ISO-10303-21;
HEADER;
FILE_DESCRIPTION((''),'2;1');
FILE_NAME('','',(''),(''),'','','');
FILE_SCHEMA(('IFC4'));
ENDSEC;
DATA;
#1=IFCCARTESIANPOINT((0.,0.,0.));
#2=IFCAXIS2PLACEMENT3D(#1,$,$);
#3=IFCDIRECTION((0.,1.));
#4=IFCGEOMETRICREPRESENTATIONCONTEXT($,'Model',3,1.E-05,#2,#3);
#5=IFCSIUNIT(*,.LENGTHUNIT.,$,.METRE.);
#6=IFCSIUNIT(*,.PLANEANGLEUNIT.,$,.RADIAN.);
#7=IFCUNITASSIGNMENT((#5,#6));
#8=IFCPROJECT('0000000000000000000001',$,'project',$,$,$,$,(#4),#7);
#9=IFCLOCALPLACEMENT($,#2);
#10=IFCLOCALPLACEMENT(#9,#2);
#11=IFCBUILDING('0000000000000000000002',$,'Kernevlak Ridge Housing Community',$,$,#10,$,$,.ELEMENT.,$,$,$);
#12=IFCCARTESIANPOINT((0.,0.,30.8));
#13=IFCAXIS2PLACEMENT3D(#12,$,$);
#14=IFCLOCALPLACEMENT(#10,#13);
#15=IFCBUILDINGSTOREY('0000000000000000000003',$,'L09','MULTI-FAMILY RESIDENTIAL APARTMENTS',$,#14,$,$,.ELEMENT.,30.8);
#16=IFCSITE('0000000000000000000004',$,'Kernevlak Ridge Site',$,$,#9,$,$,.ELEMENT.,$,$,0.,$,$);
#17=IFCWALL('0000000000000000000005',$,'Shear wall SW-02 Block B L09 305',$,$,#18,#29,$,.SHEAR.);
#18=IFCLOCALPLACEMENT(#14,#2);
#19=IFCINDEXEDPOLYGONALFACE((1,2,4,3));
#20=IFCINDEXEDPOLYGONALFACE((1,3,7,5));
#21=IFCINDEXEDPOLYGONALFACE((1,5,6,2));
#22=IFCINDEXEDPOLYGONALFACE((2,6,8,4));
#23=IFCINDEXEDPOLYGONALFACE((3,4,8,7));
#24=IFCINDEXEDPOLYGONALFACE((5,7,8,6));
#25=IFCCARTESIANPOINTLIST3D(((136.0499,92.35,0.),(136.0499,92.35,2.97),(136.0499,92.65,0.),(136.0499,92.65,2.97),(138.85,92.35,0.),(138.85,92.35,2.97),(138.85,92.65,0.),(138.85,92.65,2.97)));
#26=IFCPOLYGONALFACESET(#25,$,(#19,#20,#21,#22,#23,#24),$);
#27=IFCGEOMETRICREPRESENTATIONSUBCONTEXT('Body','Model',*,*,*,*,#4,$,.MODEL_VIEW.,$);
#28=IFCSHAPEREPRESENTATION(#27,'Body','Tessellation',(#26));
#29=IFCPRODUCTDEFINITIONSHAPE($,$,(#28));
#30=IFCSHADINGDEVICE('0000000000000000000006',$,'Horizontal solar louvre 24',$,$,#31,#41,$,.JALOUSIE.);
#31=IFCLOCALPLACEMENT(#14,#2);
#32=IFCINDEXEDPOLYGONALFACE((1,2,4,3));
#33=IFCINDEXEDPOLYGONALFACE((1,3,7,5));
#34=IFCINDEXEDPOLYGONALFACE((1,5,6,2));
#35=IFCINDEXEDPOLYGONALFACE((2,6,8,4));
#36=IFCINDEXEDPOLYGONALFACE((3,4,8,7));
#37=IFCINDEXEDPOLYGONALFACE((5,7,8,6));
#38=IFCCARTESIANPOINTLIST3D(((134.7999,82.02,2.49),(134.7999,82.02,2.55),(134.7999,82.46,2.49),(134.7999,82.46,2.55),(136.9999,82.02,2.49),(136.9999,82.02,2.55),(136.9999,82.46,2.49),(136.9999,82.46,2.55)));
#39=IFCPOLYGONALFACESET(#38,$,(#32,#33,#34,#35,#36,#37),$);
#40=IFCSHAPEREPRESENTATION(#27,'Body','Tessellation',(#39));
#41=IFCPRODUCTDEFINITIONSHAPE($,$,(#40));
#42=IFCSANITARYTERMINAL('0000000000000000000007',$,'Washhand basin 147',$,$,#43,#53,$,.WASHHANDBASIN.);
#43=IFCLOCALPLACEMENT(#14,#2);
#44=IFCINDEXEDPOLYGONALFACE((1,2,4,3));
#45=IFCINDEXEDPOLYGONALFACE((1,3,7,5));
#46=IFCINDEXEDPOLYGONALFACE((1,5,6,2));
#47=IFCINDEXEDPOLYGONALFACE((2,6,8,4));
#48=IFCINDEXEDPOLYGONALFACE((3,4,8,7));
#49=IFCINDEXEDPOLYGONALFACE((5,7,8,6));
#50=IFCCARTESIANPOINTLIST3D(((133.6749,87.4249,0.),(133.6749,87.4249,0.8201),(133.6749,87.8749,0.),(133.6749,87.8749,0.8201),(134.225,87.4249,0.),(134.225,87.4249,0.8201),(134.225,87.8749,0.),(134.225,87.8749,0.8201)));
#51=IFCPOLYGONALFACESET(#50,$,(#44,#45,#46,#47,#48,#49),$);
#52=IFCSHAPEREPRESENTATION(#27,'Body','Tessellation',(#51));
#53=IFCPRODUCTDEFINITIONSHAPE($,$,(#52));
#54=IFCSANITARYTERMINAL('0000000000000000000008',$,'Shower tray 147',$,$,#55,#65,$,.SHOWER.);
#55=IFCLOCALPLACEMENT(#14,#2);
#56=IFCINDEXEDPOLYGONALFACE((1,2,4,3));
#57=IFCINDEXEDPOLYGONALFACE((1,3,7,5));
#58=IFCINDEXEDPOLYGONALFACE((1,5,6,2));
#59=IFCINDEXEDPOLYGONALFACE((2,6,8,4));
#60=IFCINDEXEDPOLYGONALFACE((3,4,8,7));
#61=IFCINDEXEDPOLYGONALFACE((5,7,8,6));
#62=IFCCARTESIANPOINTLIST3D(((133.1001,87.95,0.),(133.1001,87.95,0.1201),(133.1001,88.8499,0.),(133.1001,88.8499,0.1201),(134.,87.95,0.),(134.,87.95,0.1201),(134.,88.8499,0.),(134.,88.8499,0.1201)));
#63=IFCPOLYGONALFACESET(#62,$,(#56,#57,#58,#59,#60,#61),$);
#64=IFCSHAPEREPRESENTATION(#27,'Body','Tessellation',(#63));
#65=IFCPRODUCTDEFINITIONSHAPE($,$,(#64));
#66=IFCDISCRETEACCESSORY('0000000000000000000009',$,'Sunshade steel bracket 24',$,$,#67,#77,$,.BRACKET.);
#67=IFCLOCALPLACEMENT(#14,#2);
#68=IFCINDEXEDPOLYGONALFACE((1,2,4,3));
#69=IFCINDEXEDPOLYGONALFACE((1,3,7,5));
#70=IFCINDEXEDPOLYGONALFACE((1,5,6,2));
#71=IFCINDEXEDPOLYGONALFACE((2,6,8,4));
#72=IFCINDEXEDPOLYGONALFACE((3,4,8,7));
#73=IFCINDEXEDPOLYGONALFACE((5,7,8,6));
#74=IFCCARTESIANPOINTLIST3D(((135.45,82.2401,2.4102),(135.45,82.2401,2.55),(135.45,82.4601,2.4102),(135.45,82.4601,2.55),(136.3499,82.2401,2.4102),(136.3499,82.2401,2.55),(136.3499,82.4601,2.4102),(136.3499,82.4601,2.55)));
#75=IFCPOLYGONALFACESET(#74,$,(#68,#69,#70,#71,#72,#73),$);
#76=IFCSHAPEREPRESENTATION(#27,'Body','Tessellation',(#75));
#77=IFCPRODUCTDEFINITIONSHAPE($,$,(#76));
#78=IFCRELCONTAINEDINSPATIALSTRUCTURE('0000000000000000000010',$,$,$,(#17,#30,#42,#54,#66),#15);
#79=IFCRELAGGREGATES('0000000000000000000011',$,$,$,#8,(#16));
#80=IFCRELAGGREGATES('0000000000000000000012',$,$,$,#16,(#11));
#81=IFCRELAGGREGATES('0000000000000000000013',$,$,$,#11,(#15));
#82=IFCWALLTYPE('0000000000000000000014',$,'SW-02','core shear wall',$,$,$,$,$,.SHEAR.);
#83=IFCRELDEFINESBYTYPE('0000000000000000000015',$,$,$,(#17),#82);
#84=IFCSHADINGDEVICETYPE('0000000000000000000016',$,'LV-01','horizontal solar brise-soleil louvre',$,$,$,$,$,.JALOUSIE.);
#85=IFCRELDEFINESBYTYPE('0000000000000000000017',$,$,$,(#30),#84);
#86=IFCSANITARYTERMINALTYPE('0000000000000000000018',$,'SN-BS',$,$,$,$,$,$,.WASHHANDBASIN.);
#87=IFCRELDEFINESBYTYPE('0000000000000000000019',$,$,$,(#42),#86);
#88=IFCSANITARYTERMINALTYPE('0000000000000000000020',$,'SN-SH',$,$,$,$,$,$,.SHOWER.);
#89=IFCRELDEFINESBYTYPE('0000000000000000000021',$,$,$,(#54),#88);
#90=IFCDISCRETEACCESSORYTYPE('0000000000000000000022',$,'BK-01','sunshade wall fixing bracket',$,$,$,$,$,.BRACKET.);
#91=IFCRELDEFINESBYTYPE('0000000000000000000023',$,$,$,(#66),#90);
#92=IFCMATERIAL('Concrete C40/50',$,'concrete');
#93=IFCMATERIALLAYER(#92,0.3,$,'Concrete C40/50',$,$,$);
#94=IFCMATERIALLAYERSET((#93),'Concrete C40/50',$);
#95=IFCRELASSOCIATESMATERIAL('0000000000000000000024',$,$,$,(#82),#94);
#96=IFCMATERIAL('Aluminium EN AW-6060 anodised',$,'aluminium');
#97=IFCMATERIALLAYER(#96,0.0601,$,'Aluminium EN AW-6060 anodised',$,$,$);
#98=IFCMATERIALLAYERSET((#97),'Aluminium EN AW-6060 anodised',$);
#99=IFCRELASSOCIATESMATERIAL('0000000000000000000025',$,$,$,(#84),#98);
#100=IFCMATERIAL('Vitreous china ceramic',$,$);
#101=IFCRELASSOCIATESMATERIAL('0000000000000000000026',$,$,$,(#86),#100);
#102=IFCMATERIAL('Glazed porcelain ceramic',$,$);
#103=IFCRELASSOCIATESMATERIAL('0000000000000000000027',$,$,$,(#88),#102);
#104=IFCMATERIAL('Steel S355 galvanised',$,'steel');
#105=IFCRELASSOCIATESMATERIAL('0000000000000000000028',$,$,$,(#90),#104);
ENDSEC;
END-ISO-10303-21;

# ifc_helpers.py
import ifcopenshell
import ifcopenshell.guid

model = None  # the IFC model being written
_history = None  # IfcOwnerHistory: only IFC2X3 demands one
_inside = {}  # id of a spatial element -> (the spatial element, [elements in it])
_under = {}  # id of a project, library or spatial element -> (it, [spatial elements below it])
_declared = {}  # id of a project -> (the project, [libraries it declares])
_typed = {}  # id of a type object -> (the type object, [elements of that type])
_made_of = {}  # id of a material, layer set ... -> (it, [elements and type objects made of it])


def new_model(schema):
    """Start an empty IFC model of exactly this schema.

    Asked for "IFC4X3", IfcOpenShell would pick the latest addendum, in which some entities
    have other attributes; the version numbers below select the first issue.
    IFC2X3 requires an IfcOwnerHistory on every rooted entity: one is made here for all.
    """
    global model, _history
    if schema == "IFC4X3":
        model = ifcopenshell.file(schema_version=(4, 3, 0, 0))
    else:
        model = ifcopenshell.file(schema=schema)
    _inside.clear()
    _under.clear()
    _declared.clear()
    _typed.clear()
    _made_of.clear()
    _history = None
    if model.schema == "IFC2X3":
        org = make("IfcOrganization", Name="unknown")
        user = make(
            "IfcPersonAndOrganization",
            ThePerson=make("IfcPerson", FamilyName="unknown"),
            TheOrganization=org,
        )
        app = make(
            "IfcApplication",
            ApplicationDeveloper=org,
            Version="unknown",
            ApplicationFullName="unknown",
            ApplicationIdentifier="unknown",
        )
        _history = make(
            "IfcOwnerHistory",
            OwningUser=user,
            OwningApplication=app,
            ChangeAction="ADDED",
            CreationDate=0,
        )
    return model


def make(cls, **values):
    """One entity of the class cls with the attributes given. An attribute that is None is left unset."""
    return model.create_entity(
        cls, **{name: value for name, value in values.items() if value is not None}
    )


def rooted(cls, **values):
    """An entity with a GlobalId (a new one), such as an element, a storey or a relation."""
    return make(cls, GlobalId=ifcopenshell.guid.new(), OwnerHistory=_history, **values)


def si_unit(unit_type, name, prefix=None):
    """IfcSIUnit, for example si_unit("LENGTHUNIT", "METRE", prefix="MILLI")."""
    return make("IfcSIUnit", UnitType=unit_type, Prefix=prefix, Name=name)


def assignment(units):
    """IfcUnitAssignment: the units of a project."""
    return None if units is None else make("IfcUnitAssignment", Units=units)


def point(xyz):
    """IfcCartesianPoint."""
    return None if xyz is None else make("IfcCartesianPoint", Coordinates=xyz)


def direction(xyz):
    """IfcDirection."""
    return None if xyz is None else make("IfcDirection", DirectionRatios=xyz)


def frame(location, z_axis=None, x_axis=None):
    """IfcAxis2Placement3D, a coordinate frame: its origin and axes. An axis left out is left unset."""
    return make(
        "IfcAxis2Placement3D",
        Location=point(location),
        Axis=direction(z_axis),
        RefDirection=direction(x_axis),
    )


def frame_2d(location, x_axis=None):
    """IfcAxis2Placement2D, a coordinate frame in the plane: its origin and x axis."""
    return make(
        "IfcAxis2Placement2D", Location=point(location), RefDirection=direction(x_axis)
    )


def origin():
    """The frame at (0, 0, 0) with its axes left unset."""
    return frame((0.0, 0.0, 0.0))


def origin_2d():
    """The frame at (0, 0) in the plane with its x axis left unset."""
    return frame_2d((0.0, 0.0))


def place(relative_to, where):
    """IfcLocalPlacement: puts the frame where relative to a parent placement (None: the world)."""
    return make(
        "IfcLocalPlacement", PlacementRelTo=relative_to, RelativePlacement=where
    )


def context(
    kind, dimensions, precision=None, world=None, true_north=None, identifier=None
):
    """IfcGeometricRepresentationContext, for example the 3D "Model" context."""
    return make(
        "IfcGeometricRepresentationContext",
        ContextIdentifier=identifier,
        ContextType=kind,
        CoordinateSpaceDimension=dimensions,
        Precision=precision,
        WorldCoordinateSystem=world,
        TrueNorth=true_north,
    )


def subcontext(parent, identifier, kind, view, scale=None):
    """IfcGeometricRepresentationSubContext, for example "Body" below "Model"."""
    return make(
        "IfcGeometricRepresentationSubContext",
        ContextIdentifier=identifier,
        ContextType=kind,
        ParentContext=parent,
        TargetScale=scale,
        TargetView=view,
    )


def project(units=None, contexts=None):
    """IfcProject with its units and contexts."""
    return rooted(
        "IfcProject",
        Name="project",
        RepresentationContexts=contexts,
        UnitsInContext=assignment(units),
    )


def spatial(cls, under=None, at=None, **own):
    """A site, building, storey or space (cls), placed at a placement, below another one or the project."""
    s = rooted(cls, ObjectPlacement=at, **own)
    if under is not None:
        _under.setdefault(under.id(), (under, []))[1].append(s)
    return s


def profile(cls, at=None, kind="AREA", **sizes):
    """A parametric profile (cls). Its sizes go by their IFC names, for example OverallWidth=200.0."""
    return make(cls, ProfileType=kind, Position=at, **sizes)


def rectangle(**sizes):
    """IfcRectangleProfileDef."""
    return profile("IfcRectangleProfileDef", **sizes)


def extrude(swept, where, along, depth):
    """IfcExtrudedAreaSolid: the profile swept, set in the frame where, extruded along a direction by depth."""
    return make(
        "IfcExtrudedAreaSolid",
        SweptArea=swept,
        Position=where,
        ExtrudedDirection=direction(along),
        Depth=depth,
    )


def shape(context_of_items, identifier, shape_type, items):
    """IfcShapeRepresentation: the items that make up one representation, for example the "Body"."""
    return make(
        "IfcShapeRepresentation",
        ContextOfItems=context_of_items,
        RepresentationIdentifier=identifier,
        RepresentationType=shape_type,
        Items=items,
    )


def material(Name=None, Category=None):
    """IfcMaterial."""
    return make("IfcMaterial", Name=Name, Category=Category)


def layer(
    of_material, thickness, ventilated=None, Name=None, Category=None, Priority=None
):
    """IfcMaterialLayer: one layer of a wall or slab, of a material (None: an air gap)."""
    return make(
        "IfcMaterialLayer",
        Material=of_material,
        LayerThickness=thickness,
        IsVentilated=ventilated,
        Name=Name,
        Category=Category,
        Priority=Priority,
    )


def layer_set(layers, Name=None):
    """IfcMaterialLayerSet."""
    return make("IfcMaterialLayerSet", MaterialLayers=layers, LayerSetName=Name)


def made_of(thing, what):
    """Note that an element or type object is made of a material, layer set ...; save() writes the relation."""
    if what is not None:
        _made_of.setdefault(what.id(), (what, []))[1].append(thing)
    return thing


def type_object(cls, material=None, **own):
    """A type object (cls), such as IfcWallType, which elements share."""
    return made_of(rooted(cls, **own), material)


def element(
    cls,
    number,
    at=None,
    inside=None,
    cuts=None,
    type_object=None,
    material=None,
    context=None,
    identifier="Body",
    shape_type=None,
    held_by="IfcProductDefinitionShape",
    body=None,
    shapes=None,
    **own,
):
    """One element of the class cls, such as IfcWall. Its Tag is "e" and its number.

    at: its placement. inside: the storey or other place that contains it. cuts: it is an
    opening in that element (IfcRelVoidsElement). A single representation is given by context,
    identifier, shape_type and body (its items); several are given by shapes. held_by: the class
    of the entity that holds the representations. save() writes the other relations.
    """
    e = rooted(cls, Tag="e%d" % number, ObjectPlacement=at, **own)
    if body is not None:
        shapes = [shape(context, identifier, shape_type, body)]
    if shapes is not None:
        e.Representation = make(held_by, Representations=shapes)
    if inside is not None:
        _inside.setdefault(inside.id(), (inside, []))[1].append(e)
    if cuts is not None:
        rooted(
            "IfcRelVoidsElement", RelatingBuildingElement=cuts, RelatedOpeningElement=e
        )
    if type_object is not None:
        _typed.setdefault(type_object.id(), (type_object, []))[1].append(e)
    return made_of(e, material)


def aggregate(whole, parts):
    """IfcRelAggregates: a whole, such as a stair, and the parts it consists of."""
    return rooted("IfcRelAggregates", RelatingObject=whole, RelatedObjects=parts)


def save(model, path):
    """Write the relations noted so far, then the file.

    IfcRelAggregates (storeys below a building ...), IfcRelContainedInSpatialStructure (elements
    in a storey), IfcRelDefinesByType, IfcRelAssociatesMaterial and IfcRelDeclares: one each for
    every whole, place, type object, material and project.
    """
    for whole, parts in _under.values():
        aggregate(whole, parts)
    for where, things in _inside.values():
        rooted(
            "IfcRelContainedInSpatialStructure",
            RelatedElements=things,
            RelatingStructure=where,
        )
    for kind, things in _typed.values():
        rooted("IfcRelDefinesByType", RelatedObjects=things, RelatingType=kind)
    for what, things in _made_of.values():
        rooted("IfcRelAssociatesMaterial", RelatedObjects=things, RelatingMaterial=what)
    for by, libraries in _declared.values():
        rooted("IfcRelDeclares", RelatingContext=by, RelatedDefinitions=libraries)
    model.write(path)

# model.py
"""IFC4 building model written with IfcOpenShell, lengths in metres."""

from ifc_helpers import new_model, si_unit, direction, frame, frame_2d, origin, origin_2d, place, context, subcontext, project, spatial, rectangle, extrude, material, layer, layer_set, type_object, element, save


model = new_model("IFC4")

# Units and contexts
model_context = context("Model", 3, precision=1e-05, world=origin(), true_north=direction((0.0, 1.0)))
body_context = subcontext(model_context, "Body", "Model", "MODEL_VIEW")
ifc_project = project(units=[si_unit("LENGTHUNIT", "METRE"), si_unit("PLANEANGLEUNIT", "RADIAN")], contexts=[model_context])

# Site, building, storey
site_placement = place(None, origin())
site = spatial("IfcSite", under=ifc_project, at=site_placement, Name="Kernevlak Ridge Site", CompositionType="ELEMENT", RefElevation=0.0)
building_placement = place(site_placement, origin())
building = spatial("IfcBuilding", under=site, at=building_placement, Name="Kernevlak Ridge Housing Community", CompositionType="ELEMENT")
storey_placement = place(building_placement, frame((0.0, 0.0, 30.8)))
storey = spatial("IfcBuildingStorey", under=building, at=storey_placement, Name="L09", Description="MULTI-FAMILY RESIDENTIAL APARTMENTS", CompositionType="ELEMENT", Elevation=30.8)

# Shared definitions
ifc_material_1 = material(Name="Concrete C40/50", Category="concrete")

# Wall
ifc_layer_1 = layer(ifc_material_1, 0.3, Name="Concrete C40/50")
ifc_layer_set_1 = layer_set([ifc_layer_1], Name="Concrete C40/50")
wall_type_1 = type_object("IfcWallType", Name="SW-02", Description="core shear wall", PredefinedType="SHEAR", material=ifc_layer_set_1)
wall_1_placement = place(storey_placement, frame((136.05, 92.5, 0.0), z_axis=(0.0, 0.0, 1.0), x_axis=(1.0, 0.0, 0.0)))
element("IfcWall", 1, at=wall_1_placement, inside=storey, type_object=wall_type_1, Name="Shear wall SW-02 Block B L09 305", PredefinedType="SHEAR", context=body_context, shape_type="SweptSolid", body=[
    extrude(rectangle(XDim=2.8, YDim=0.3, at=frame_2d((1.3999, 0.0))), origin(), (0.0, 0.0, 1.0), 2.97),
])

# Shading device
ifc_material_2 = material(Name="Aluminium EN AW-6060 anodised", Category="aluminium")
ifc_layer_2 = layer(ifc_material_2, 0.0601, Name="Aluminium EN AW-6060 anodised")
ifc_layer_set_2 = layer_set([ifc_layer_2], Name="Aluminium EN AW-6060 anodised")
shading_device_type = type_object("IfcShadingDeviceType", Name="LV-01", Description="horizontal solar brise-soleil louvre", PredefinedType="JALOUSIE", material=ifc_layer_set_2)
shading_device_placement = place(storey_placement, frame((135.8999, 82.24, 2.49), z_axis=(0.0, 0.0, 1.0), x_axis=(1.0, 0.0, 0.0)))
element("IfcShadingDevice", 2, at=shading_device_placement, inside=storey, type_object=shading_device_type, Name="Horizontal solar louvre 24", PredefinedType="JALOUSIE", context=body_context, shape_type="SweptSolid", body=[
    extrude(rectangle(XDim=2.2, YDim=0.4399, at=origin_2d()), origin(), (0.0, 0.0, 1.0), 0.0601),
])

# Sanitary terminals
ifc_material_3 = material(Name="Vitreous china ceramic")
sanitary_terminal_type_1 = type_object("IfcSanitaryTerminalType", Name="SN-BS", PredefinedType="WASHHANDBASIN", material=ifc_material_3)
sanitary_terminal_1_placement = place(storey_placement, frame((133.95, 87.6499, 0.0), z_axis=(0.0, 0.0, 1.0), x_axis=(1.0, 0.0, 0.0)))
element("IfcSanitaryTerminal", 3, at=sanitary_terminal_1_placement, inside=storey, type_object=sanitary_terminal_type_1, Name="Washhand basin 147", PredefinedType="WASHHANDBASIN", context=body_context, shape_type="SweptSolid", body=[
    extrude(rectangle(XDim=0.55, YDim=0.45, at=origin_2d()), origin(), (0.0, 0.0, 1.0), 0.8201),
])
ifc_material_4 = material(Name="Glazed porcelain ceramic")
sanitary_terminal_type_2 = type_object("IfcSanitaryTerminalType", Name="SN-SH", PredefinedType="SHOWER", material=ifc_material_4)
sanitary_terminal_2_placement = place(storey_placement, frame((133.55, 88.3999, 0.0), z_axis=(0.0, 0.0, 1.0), x_axis=(1.0, 0.0, 0.0)))
element("IfcSanitaryTerminal", 4, at=sanitary_terminal_2_placement, inside=storey, type_object=sanitary_terminal_type_2, Name="Shower tray 147", PredefinedType="SHOWER", context=body_context, shape_type="SweptSolid", body=[
    extrude(rectangle(XDim=0.8999, YDim=0.8999, at=origin_2d()), origin(), (0.0, 0.0, 1.0), 0.1201),
])

# Discrete accessory
ifc_material_5 = material(Name="Steel S355 galvanised", Category="steel")
discrete_accessory_type = type_object("IfcDiscreteAccessoryType", Name="BK-01", Description="sunshade wall fixing bracket", PredefinedType="BRACKET", material=ifc_material_5)
discrete_accessory_placement = place(storey_placement, frame((135.8999, 82.3501, 2.4102), z_axis=(0.0, 0.0, 1.0), x_axis=(1.0, 0.0, 0.0)))
element("IfcDiscreteAccessory", 5, at=discrete_accessory_placement, inside=storey, type_object=discrete_accessory_type, Name="Sunshade steel bracket 24", PredefinedType="BRACKET", context=body_context, shape_type="SweptSolid", body=[
    extrude(rectangle(XDim=0.8999, YDim=0.22, at=origin_2d()), origin(), (0.0, 0.0, 1.0), 0.1399),
])

save(model, "model.ifc")
